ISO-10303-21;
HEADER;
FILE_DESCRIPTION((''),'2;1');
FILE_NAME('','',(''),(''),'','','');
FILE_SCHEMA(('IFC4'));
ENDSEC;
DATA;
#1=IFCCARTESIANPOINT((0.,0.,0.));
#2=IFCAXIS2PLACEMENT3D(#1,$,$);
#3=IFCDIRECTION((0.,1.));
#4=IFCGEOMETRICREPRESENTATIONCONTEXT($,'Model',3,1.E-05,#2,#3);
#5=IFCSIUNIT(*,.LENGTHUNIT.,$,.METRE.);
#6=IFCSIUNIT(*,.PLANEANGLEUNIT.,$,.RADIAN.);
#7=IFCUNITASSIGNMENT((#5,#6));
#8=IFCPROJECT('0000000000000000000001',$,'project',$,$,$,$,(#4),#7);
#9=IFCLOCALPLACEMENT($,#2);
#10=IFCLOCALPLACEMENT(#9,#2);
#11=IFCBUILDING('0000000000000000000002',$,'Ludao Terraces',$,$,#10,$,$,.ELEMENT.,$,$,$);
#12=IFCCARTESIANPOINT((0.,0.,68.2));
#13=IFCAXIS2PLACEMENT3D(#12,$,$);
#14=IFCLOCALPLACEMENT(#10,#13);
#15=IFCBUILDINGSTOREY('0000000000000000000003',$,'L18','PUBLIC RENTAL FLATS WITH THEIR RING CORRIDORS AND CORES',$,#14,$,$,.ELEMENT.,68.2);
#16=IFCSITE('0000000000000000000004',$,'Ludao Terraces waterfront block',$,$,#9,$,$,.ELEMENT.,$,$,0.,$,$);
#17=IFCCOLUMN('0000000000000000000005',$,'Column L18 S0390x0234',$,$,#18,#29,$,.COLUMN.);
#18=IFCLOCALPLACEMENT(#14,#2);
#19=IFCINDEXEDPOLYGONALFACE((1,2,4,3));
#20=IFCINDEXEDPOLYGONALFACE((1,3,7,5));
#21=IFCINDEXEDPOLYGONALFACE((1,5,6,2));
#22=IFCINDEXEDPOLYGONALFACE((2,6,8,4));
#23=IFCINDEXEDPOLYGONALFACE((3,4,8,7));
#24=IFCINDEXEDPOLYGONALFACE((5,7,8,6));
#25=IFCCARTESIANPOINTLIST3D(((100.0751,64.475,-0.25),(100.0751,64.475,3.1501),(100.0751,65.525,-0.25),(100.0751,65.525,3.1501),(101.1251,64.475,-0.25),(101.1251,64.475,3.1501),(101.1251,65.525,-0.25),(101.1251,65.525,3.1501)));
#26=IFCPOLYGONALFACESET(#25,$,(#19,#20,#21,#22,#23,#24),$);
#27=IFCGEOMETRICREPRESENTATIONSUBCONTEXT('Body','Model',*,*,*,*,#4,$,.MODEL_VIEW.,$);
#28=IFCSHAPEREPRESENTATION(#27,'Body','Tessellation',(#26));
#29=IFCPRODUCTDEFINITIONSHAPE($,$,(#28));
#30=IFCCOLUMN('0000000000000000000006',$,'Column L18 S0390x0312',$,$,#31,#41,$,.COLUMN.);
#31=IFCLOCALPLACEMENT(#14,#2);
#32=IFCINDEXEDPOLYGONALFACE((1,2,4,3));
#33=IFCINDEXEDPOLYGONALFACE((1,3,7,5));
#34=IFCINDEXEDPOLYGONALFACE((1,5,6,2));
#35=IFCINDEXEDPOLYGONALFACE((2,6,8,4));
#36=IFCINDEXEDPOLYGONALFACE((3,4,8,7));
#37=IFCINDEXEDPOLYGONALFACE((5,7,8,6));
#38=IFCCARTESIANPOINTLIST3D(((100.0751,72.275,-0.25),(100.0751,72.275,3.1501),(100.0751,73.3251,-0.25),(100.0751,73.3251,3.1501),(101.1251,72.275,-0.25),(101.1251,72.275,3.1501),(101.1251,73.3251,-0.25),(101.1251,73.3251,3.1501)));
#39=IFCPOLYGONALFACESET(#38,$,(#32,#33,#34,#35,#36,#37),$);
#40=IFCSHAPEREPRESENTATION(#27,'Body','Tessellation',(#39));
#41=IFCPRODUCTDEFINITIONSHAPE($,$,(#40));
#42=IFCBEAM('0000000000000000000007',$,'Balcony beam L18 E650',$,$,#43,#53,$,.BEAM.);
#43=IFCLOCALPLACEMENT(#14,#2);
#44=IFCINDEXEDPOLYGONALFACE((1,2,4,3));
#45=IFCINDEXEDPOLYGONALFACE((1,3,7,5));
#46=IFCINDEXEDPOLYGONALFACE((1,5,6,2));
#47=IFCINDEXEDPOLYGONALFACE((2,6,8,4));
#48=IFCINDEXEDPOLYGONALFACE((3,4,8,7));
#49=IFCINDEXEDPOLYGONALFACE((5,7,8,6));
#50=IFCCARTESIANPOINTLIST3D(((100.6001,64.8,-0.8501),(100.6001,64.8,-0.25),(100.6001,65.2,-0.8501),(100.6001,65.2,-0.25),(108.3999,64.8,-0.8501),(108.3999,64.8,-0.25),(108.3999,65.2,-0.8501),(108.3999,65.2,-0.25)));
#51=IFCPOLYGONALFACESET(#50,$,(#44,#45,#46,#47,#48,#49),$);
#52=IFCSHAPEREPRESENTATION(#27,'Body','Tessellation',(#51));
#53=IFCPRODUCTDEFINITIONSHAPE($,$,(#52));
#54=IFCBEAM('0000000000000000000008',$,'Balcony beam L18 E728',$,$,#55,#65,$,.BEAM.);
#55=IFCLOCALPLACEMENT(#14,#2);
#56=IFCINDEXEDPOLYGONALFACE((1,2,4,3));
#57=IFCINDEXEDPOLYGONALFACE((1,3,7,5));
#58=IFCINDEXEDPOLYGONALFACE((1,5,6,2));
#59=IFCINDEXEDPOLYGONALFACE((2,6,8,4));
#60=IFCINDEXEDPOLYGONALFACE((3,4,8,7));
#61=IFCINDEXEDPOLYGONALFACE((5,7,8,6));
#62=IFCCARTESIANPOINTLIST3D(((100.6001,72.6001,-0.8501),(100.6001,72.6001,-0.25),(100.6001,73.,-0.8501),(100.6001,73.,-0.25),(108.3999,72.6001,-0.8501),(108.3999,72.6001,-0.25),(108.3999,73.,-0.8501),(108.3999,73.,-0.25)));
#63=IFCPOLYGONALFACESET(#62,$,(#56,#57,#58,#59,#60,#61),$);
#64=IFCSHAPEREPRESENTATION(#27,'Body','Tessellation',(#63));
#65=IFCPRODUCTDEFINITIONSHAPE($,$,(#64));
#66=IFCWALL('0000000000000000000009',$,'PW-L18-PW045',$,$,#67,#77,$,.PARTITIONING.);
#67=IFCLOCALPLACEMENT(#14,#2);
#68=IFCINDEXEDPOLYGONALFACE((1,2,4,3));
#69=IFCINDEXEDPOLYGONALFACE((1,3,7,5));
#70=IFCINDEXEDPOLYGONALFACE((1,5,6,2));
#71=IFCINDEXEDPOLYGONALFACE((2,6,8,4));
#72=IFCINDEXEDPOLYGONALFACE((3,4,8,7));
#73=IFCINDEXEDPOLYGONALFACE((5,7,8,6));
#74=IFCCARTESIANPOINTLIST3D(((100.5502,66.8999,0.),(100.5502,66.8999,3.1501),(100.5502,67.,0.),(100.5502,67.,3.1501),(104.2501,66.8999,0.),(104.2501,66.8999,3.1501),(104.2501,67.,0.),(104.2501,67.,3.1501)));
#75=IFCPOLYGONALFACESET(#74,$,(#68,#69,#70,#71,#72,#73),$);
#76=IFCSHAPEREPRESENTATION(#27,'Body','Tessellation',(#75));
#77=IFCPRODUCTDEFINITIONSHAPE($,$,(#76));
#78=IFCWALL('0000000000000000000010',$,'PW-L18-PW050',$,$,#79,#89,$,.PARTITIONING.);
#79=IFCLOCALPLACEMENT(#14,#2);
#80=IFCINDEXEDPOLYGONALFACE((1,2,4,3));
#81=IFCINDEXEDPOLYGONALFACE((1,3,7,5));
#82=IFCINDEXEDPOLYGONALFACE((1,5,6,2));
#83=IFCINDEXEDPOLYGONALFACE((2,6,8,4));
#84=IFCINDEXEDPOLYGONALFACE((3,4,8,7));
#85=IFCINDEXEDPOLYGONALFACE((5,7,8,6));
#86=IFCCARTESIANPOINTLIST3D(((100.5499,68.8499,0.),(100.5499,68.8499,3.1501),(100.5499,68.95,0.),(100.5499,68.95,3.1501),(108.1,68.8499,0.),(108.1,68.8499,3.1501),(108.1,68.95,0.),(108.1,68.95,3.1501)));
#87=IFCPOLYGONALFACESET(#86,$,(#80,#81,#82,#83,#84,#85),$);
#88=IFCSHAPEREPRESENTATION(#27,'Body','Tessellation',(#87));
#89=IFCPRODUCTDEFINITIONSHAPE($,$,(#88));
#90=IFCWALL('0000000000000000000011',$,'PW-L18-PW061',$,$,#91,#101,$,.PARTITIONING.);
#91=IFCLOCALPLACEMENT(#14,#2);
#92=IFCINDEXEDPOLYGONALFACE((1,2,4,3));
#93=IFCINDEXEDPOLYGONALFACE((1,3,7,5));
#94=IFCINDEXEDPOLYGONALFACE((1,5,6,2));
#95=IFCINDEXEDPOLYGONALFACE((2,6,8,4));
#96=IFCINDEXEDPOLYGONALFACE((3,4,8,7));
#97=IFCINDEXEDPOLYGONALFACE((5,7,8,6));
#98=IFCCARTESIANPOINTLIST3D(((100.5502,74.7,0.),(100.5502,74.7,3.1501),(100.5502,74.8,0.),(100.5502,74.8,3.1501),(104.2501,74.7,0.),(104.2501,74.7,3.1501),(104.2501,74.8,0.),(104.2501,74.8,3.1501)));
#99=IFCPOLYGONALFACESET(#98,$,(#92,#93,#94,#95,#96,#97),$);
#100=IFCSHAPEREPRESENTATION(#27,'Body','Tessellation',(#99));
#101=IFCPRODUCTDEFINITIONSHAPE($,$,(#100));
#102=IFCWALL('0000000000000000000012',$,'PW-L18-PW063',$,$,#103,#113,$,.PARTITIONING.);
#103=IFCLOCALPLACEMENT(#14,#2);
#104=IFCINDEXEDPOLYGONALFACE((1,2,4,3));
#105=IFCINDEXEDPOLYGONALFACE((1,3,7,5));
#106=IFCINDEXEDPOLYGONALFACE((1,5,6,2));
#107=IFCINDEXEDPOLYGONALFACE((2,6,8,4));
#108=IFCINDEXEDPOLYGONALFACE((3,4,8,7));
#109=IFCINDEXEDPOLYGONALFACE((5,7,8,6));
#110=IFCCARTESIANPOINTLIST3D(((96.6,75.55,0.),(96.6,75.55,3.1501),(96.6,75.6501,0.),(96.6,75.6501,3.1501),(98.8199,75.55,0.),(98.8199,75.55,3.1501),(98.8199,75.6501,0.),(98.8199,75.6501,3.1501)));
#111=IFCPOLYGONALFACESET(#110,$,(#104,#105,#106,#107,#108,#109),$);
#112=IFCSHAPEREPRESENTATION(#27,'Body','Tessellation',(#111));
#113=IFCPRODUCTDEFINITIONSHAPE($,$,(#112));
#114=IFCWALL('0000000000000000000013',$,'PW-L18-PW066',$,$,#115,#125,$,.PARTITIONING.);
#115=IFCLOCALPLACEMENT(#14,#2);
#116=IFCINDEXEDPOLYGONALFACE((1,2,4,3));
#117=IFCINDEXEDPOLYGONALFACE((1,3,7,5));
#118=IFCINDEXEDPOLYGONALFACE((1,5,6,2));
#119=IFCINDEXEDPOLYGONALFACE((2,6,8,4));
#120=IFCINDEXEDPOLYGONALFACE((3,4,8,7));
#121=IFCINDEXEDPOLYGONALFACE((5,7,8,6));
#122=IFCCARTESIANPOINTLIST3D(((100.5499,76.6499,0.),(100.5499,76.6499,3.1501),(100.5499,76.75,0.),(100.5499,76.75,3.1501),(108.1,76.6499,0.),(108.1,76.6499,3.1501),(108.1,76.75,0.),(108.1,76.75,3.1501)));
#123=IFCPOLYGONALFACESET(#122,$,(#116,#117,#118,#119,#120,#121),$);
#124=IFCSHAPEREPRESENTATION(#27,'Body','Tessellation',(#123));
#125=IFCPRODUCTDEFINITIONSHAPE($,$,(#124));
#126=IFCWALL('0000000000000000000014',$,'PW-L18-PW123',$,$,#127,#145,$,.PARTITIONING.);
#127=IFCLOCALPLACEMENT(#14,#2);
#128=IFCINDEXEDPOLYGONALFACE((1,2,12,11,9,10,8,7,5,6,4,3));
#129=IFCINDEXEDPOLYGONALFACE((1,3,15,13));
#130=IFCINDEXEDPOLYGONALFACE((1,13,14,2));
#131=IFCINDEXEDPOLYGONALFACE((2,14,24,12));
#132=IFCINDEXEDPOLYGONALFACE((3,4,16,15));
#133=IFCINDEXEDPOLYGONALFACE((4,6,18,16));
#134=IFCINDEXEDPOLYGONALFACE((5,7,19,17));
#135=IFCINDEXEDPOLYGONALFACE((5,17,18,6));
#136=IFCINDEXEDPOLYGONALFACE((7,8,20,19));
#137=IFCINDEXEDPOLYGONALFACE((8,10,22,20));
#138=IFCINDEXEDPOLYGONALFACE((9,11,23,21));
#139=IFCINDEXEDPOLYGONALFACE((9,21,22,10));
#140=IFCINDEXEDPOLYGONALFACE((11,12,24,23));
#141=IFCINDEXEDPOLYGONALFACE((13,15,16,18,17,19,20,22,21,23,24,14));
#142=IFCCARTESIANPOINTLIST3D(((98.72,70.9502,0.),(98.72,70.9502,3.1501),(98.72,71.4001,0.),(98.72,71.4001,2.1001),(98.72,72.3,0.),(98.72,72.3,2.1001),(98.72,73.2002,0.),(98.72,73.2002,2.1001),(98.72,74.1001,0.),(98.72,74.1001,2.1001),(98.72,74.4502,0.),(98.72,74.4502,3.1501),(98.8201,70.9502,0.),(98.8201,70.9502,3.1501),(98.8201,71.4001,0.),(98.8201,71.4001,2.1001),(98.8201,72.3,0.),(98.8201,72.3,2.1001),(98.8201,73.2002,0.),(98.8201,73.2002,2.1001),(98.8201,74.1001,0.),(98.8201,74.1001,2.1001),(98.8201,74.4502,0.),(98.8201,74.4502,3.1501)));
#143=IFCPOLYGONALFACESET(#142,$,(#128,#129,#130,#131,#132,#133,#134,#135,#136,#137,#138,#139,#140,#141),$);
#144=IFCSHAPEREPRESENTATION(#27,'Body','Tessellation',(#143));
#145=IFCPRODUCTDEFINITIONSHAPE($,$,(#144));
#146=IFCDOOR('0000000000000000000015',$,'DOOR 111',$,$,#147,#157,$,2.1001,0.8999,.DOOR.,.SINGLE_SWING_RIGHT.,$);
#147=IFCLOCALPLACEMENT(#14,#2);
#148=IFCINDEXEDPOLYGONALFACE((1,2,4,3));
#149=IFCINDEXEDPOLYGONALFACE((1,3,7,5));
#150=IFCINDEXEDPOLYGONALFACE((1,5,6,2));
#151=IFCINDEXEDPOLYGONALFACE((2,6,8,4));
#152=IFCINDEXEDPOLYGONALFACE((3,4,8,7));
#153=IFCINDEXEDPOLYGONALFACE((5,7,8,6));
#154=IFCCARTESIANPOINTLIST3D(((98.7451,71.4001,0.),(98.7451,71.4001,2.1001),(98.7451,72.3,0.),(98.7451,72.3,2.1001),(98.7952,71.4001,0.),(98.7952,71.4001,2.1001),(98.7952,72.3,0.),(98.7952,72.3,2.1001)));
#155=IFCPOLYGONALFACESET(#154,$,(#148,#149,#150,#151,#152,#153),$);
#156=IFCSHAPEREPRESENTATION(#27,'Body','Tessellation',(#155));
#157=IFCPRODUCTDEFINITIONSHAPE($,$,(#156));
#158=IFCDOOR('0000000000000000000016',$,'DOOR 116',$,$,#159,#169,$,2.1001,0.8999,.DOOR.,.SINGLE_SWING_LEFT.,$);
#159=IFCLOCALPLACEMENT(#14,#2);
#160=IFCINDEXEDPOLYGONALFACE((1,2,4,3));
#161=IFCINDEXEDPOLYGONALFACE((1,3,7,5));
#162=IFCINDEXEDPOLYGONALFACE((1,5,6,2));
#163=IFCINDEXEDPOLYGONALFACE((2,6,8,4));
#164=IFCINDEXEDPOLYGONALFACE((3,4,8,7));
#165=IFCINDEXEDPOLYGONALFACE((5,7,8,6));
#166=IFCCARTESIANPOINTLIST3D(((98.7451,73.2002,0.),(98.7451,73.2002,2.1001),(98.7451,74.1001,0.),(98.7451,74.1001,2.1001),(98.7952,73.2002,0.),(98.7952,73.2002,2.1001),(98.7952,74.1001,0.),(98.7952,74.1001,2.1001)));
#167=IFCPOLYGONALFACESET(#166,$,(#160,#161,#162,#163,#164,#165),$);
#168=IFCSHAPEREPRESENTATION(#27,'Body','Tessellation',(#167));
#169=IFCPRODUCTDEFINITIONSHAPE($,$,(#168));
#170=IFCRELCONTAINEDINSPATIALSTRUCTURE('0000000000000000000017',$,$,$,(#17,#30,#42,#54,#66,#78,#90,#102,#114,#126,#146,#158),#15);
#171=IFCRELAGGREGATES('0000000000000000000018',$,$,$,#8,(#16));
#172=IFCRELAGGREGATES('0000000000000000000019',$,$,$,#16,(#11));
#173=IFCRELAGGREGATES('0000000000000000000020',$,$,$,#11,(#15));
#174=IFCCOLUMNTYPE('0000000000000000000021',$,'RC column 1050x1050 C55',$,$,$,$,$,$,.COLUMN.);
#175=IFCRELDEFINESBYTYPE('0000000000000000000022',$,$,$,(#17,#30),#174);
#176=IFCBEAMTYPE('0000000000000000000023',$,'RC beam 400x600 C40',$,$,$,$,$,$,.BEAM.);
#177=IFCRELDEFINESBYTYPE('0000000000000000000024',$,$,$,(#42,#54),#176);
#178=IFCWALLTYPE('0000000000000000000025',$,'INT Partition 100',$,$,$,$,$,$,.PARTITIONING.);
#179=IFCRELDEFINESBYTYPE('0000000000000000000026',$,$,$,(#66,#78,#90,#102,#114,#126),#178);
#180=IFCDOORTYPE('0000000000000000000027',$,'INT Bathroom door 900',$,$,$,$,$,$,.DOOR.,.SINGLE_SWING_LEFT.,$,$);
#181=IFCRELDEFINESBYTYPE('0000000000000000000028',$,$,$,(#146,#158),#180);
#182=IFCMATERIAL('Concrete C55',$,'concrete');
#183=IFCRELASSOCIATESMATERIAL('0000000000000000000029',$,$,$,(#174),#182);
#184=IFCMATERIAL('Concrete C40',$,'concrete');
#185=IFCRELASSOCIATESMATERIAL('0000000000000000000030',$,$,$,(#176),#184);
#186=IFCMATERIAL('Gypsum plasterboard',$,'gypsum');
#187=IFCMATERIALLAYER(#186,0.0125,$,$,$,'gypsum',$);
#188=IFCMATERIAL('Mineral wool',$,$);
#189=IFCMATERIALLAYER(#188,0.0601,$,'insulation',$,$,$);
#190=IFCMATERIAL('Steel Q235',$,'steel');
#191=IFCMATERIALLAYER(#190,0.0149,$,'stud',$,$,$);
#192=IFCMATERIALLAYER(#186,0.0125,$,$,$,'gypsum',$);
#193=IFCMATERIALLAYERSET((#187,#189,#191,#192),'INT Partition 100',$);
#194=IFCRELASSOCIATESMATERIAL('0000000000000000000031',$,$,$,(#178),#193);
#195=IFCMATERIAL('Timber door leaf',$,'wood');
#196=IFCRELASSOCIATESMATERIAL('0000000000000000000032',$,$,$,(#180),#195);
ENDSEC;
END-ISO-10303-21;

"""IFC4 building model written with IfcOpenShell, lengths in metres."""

from ifc_helpers import new_model, si_unit, direction, frame, frame_2d, origin, origin_2d, place, context, subcontext, project, spatial, rectangle, extrude, material, layer, layer_set, material_profile, profile_set, type_object, element, fill, save


model = new_model("IFC4")

# Units and contexts
model_context = context("Model", 3, precision=1e-05, world=origin(), true_north=direction((0.0, 1.0)))
body_context = subcontext(model_context, "Body", "Model", "MODEL_VIEW")
ifc_project = project(units=[si_unit("LENGTHUNIT", "METRE"), si_unit("PLANEANGLEUNIT", "RADIAN")], contexts=[model_context])

# Site, building, storey
site_placement = place(None, origin())
site = spatial("IfcSite", under=ifc_project, at=site_placement, Name="Ludao Terraces waterfront block", CompositionType="ELEMENT", RefElevation=0.0)
building_placement = place(site_placement, origin())
building = spatial("IfcBuilding", under=site, at=building_placement, Name="Ludao Terraces", CompositionType="ELEMENT")
storey_placement = place(building_placement, frame((0.0, 0.0, 68.2)))
storey = spatial("IfcBuildingStorey", under=building, at=storey_placement, Name="L18", Description="PUBLIC RENTAL FLATS WITH THEIR RING CORRIDORS AND CORES", CompositionType="ELEMENT", Elevation=68.2)

# Columns
ifc_material_1 = material(Name="Concrete C55", Category="concrete")
ifc_material_profile_1 = material_profile(ifc_material_1, rectangle(XDim=1.05, YDim=1.05, at=origin_2d()), Name="1050 X 1050")
ifc_profile_set_1 = profile_set([ifc_material_profile_1], Name="Concrete C55")
column_type = type_object("IfcColumnType", Name="RC column 1050x1050 C55", PredefinedType="COLUMN", material=ifc_profile_set_1)
for number, where, z_axis, x_axis, name in (
    (1, (100.6001, 65.0, -0.25), (0.0, 0.0, 1.0), (1.0, 0.0, 0.0), "Column L18 S0390x0234"),
    (2, (100.6001, 72.8, -0.25), (0.0, 0.0, 1.0), (1.0, 0.0, 0.0), "Column L18 S0390x0312"),
):
    element("IfcColumn", number, at=place(storey_placement, frame(where, z_axis=z_axis, x_axis=x_axis)), inside=storey, type_object=column_type, Name=name, PredefinedType="COLUMN", context=body_context, shape_type="SweptSolid", body=[
        extrude(rectangle(XDim=1.05, YDim=1.05, at=origin_2d()), origin(), (0.0, 0.0, 1.0), 3.4001),
    ])

# Beams
ifc_material_2 = material(Name="Concrete C40", Category="concrete")
ifc_material_profile_2 = material_profile(ifc_material_2, rectangle(XDim=0.3999, YDim=0.6001, at=origin_2d()), Name="400 X 600")
ifc_profile_set_2 = profile_set([ifc_material_profile_2], Name="Concrete C40")
beam_type = type_object("IfcBeamType", Name="RC beam 400x600 C40", PredefinedType="BEAM", material=ifc_profile_set_2)
for number, where, z_axis, x_axis, name in (
    (3, (100.6001, 65.0, -0.55), (1.0, 0.0, 0.0), (0.0, 1.0, 0.0), "Balcony beam L18 E650"),
    (4, (100.6001, 72.8, -0.55), (1.0, 0.0, 0.0), (0.0, 1.0, 0.0), "Balcony beam L18 E728"),
):
    element("IfcBeam", number, at=place(storey_placement, frame(where, z_axis=z_axis, x_axis=x_axis)), inside=storey, type_object=beam_type, Name=name, PredefinedType="BEAM", context=body_context, shape_type="SweptSolid", body=[
        extrude(rectangle(XDim=0.3999, YDim=0.6001, at=origin_2d()), origin(), (0.0, 0.0, 1.0), 7.7998),
    ])

# Walls
ifc_material_3 = material(Name="Gypsum plasterboard", Category="gypsum")
ifc_layer_1 = layer(ifc_material_3, 0.0125, Category="gypsum")
ifc_material_4 = material(Name="Mineral wool")
ifc_layer_2 = layer(ifc_material_4, 0.0601, Name="insulation")
ifc_material_5 = material(Name="Steel Q235", Category="steel")
ifc_layer_3 = layer(ifc_material_5, 0.0149, Name="stud")
ifc_layer_4 = layer(ifc_material_3, 0.0125, Category="gypsum")
ifc_layer_set_1 = layer_set([ifc_layer_1, ifc_layer_2, ifc_layer_3, ifc_layer_4], Name="INT Partition 100")
wall_type_1 = type_object("IfcWallType", Name="INT Partition 100", PredefinedType="PARTITIONING", material=ifc_layer_set_1)
wall_1_placement = place(storey_placement, frame((100.55, 66.95, 0.0), z_axis=(0.0, 0.0, 1.0), x_axis=(1.0, 0.0, 0.0)))
element("IfcWall", 5, at=wall_1_placement, inside=storey, type_object=wall_type_1, Name="PW-L18-PW045", PredefinedType="PARTITIONING", context=body_context, shape_type="SweptSolid", body=[
    extrude(rectangle(XDim=3.7, YDim=0.1001, at=frame_2d((1.8501, 0.0))), origin(), (0.0, 0.0, 1.0), 3.1501),
])
wall_2_placement = place(storey_placement, frame((100.55, 68.8999, 0.0), z_axis=(0.0, 0.0, 1.0), x_axis=(1.0, 0.0, 0.0)))
element("IfcWall", 6, at=wall_2_placement, inside=storey, type_object=wall_type_1, Name="PW-L18-PW050", PredefinedType="PARTITIONING", context=body_context, shape_type="SweptSolid", body=[
    extrude(rectangle(XDim=7.55, YDim=0.1001, at=frame_2d((3.7749, 0.0))), origin(), (0.0, 0.0, 1.0), 3.1501),
])
wall_3_placement = place(storey_placement, frame((100.55, 74.75, 0.0), z_axis=(0.0, 0.0, 1.0), x_axis=(1.0, 0.0, 0.0)))
element("IfcWall", 7, at=wall_3_placement, inside=storey, type_object=wall_type_1, Name="PW-L18-PW061", PredefinedType="PARTITIONING", context=body_context, shape_type="SweptSolid", body=[
    extrude(rectangle(XDim=3.7, YDim=0.1001, at=frame_2d((1.8501, 0.0))), origin(), (0.0, 0.0, 1.0), 3.1501),
])
wall_4_placement = place(storey_placement, frame((96.6001, 75.6001, 0.0), z_axis=(0.0, 0.0, 1.0), x_axis=(1.0, 0.0, 0.0)))
element("IfcWall", 8, at=wall_4_placement, inside=storey, type_object=wall_type_1, Name="PW-L18-PW063", PredefinedType="PARTITIONING", context=body_context, shape_type="SweptSolid", body=[
    extrude(rectangle(XDim=2.22, YDim=0.1001, at=frame_2d((1.1099, 0.0))), origin(), (0.0, 0.0, 1.0), 3.1501),
])
wall_5_placement = place(storey_placement, frame((100.55, 76.7, 0.0), z_axis=(0.0, 0.0, 1.0), x_axis=(1.0, 0.0, 0.0)))
element("IfcWall", 9, at=wall_5_placement, inside=storey, type_object=wall_type_1, Name="PW-L18-PW066", PredefinedType="PARTITIONING", context=body_context, shape_type="SweptSolid", body=[
    extrude(rectangle(XDim=7.55, YDim=0.1001, at=frame_2d((3.7749, 0.0))), origin(), (0.0, 0.0, 1.0), 3.1501),
])

# Wall, openings, doors
wall_6_placement = place(storey_placement, frame((98.77, 70.9502, 0.0), z_axis=(0.0, 0.0, 1.0), x_axis=(0.0, 1.0, 0.0)))
wall_6 = element("IfcWall", 10, at=wall_6_placement, inside=storey, type_object=wall_type_1, Name="PW-L18-PW123", PredefinedType="PARTITIONING", context=body_context, shape_type="SweptSolid", body=[
    extrude(rectangle(XDim=3.5, YDim=0.1001, at=frame_2d((1.75, 0.0))), origin(), (0.0, 0.0, 1.0), 3.1501),
])
opening_1_placement = place(wall_6_placement, frame((0.45, 0.0, 0.0)))
opening_1 = element("IfcOpeningElement", 11, at=opening_1_placement, cuts=wall_6, PredefinedType="OPENING", context=body_context, shape_type="SweptSolid", body=[
    extrude(rectangle(XDim=0.8999, YDim=2.1001, at=frame_2d((0.45, 1.05))), frame((0.0, 0.0601, 0.0), z_axis=(0.0, -1.0, 0.0), x_axis=(1.0, 0.0, 0.0)), (0.0, 0.0, 1.0), 0.1201),
])
opening_2_placement = place(wall_6_placement, frame((2.25, 0.0, 0.0)))
opening_2 = element("IfcOpeningElement", 12, at=opening_2_placement, cuts=wall_6, PredefinedType="OPENING", context=body_context, shape_type="SweptSolid", body=[
    extrude(rectangle(XDim=0.8999, YDim=2.1001, at=frame_2d((0.45, 1.05))), frame((0.0, 0.0601, 0.0), z_axis=(0.0, -1.0, 0.0), x_axis=(1.0, 0.0, 0.0)), (0.0, 0.0, 1.0), 0.1201),
])
ifc_material_6 = material(Name="Timber door leaf", Category="wood")
door_type_1 = type_object("IfcDoorType", Name="INT Bathroom door 900", OperationType="SINGLE_SWING_LEFT", PredefinedType="DOOR", material=ifc_material_6)
door_1_placement = place(opening_1_placement, origin())
door_1 = element("IfcDoor", 13, at=door_1_placement, inside=storey, type_object=door_type_1, Name="DOOR 111", OperationType="SINGLE_SWING_RIGHT", OverallHeight=2.1001, OverallWidth=0.8999, PredefinedType="DOOR", context=body_context, shape_type="SweptSolid", body=[
    extrude(rectangle(XDim=0.8999, YDim=2.1001, at=frame_2d((0.45, 1.05))), frame((0.0, 0.0249, 0.0), z_axis=(0.0, -1.0, 0.0), x_axis=(1.0, 0.0, 0.0)), (0.0, 0.0, 1.0), 0.05),
])
fill(opening_1, door_1)
door_2_placement = place(opening_2_placement, origin())
door_2 = element("IfcDoor", 14, at=door_2_placement, inside=storey, type_object=door_type_1, Name="DOOR 116", OperationType="SINGLE_SWING_LEFT", OverallHeight=2.1001, OverallWidth=0.8999, PredefinedType="DOOR", context=body_context, shape_type="SweptSolid", body=[
    extrude(rectangle(XDim=0.8999, YDim=2.1001, at=frame_2d((0.45, 1.05))), frame((0.0, 0.0249, 0.0), z_axis=(0.0, -1.0, 0.0), x_axis=(1.0, 0.0, 0.0)), (0.0, 0.0, 1.0), 0.05),
])
fill(opening_2, door_2)

save(model, "model.ifc")
